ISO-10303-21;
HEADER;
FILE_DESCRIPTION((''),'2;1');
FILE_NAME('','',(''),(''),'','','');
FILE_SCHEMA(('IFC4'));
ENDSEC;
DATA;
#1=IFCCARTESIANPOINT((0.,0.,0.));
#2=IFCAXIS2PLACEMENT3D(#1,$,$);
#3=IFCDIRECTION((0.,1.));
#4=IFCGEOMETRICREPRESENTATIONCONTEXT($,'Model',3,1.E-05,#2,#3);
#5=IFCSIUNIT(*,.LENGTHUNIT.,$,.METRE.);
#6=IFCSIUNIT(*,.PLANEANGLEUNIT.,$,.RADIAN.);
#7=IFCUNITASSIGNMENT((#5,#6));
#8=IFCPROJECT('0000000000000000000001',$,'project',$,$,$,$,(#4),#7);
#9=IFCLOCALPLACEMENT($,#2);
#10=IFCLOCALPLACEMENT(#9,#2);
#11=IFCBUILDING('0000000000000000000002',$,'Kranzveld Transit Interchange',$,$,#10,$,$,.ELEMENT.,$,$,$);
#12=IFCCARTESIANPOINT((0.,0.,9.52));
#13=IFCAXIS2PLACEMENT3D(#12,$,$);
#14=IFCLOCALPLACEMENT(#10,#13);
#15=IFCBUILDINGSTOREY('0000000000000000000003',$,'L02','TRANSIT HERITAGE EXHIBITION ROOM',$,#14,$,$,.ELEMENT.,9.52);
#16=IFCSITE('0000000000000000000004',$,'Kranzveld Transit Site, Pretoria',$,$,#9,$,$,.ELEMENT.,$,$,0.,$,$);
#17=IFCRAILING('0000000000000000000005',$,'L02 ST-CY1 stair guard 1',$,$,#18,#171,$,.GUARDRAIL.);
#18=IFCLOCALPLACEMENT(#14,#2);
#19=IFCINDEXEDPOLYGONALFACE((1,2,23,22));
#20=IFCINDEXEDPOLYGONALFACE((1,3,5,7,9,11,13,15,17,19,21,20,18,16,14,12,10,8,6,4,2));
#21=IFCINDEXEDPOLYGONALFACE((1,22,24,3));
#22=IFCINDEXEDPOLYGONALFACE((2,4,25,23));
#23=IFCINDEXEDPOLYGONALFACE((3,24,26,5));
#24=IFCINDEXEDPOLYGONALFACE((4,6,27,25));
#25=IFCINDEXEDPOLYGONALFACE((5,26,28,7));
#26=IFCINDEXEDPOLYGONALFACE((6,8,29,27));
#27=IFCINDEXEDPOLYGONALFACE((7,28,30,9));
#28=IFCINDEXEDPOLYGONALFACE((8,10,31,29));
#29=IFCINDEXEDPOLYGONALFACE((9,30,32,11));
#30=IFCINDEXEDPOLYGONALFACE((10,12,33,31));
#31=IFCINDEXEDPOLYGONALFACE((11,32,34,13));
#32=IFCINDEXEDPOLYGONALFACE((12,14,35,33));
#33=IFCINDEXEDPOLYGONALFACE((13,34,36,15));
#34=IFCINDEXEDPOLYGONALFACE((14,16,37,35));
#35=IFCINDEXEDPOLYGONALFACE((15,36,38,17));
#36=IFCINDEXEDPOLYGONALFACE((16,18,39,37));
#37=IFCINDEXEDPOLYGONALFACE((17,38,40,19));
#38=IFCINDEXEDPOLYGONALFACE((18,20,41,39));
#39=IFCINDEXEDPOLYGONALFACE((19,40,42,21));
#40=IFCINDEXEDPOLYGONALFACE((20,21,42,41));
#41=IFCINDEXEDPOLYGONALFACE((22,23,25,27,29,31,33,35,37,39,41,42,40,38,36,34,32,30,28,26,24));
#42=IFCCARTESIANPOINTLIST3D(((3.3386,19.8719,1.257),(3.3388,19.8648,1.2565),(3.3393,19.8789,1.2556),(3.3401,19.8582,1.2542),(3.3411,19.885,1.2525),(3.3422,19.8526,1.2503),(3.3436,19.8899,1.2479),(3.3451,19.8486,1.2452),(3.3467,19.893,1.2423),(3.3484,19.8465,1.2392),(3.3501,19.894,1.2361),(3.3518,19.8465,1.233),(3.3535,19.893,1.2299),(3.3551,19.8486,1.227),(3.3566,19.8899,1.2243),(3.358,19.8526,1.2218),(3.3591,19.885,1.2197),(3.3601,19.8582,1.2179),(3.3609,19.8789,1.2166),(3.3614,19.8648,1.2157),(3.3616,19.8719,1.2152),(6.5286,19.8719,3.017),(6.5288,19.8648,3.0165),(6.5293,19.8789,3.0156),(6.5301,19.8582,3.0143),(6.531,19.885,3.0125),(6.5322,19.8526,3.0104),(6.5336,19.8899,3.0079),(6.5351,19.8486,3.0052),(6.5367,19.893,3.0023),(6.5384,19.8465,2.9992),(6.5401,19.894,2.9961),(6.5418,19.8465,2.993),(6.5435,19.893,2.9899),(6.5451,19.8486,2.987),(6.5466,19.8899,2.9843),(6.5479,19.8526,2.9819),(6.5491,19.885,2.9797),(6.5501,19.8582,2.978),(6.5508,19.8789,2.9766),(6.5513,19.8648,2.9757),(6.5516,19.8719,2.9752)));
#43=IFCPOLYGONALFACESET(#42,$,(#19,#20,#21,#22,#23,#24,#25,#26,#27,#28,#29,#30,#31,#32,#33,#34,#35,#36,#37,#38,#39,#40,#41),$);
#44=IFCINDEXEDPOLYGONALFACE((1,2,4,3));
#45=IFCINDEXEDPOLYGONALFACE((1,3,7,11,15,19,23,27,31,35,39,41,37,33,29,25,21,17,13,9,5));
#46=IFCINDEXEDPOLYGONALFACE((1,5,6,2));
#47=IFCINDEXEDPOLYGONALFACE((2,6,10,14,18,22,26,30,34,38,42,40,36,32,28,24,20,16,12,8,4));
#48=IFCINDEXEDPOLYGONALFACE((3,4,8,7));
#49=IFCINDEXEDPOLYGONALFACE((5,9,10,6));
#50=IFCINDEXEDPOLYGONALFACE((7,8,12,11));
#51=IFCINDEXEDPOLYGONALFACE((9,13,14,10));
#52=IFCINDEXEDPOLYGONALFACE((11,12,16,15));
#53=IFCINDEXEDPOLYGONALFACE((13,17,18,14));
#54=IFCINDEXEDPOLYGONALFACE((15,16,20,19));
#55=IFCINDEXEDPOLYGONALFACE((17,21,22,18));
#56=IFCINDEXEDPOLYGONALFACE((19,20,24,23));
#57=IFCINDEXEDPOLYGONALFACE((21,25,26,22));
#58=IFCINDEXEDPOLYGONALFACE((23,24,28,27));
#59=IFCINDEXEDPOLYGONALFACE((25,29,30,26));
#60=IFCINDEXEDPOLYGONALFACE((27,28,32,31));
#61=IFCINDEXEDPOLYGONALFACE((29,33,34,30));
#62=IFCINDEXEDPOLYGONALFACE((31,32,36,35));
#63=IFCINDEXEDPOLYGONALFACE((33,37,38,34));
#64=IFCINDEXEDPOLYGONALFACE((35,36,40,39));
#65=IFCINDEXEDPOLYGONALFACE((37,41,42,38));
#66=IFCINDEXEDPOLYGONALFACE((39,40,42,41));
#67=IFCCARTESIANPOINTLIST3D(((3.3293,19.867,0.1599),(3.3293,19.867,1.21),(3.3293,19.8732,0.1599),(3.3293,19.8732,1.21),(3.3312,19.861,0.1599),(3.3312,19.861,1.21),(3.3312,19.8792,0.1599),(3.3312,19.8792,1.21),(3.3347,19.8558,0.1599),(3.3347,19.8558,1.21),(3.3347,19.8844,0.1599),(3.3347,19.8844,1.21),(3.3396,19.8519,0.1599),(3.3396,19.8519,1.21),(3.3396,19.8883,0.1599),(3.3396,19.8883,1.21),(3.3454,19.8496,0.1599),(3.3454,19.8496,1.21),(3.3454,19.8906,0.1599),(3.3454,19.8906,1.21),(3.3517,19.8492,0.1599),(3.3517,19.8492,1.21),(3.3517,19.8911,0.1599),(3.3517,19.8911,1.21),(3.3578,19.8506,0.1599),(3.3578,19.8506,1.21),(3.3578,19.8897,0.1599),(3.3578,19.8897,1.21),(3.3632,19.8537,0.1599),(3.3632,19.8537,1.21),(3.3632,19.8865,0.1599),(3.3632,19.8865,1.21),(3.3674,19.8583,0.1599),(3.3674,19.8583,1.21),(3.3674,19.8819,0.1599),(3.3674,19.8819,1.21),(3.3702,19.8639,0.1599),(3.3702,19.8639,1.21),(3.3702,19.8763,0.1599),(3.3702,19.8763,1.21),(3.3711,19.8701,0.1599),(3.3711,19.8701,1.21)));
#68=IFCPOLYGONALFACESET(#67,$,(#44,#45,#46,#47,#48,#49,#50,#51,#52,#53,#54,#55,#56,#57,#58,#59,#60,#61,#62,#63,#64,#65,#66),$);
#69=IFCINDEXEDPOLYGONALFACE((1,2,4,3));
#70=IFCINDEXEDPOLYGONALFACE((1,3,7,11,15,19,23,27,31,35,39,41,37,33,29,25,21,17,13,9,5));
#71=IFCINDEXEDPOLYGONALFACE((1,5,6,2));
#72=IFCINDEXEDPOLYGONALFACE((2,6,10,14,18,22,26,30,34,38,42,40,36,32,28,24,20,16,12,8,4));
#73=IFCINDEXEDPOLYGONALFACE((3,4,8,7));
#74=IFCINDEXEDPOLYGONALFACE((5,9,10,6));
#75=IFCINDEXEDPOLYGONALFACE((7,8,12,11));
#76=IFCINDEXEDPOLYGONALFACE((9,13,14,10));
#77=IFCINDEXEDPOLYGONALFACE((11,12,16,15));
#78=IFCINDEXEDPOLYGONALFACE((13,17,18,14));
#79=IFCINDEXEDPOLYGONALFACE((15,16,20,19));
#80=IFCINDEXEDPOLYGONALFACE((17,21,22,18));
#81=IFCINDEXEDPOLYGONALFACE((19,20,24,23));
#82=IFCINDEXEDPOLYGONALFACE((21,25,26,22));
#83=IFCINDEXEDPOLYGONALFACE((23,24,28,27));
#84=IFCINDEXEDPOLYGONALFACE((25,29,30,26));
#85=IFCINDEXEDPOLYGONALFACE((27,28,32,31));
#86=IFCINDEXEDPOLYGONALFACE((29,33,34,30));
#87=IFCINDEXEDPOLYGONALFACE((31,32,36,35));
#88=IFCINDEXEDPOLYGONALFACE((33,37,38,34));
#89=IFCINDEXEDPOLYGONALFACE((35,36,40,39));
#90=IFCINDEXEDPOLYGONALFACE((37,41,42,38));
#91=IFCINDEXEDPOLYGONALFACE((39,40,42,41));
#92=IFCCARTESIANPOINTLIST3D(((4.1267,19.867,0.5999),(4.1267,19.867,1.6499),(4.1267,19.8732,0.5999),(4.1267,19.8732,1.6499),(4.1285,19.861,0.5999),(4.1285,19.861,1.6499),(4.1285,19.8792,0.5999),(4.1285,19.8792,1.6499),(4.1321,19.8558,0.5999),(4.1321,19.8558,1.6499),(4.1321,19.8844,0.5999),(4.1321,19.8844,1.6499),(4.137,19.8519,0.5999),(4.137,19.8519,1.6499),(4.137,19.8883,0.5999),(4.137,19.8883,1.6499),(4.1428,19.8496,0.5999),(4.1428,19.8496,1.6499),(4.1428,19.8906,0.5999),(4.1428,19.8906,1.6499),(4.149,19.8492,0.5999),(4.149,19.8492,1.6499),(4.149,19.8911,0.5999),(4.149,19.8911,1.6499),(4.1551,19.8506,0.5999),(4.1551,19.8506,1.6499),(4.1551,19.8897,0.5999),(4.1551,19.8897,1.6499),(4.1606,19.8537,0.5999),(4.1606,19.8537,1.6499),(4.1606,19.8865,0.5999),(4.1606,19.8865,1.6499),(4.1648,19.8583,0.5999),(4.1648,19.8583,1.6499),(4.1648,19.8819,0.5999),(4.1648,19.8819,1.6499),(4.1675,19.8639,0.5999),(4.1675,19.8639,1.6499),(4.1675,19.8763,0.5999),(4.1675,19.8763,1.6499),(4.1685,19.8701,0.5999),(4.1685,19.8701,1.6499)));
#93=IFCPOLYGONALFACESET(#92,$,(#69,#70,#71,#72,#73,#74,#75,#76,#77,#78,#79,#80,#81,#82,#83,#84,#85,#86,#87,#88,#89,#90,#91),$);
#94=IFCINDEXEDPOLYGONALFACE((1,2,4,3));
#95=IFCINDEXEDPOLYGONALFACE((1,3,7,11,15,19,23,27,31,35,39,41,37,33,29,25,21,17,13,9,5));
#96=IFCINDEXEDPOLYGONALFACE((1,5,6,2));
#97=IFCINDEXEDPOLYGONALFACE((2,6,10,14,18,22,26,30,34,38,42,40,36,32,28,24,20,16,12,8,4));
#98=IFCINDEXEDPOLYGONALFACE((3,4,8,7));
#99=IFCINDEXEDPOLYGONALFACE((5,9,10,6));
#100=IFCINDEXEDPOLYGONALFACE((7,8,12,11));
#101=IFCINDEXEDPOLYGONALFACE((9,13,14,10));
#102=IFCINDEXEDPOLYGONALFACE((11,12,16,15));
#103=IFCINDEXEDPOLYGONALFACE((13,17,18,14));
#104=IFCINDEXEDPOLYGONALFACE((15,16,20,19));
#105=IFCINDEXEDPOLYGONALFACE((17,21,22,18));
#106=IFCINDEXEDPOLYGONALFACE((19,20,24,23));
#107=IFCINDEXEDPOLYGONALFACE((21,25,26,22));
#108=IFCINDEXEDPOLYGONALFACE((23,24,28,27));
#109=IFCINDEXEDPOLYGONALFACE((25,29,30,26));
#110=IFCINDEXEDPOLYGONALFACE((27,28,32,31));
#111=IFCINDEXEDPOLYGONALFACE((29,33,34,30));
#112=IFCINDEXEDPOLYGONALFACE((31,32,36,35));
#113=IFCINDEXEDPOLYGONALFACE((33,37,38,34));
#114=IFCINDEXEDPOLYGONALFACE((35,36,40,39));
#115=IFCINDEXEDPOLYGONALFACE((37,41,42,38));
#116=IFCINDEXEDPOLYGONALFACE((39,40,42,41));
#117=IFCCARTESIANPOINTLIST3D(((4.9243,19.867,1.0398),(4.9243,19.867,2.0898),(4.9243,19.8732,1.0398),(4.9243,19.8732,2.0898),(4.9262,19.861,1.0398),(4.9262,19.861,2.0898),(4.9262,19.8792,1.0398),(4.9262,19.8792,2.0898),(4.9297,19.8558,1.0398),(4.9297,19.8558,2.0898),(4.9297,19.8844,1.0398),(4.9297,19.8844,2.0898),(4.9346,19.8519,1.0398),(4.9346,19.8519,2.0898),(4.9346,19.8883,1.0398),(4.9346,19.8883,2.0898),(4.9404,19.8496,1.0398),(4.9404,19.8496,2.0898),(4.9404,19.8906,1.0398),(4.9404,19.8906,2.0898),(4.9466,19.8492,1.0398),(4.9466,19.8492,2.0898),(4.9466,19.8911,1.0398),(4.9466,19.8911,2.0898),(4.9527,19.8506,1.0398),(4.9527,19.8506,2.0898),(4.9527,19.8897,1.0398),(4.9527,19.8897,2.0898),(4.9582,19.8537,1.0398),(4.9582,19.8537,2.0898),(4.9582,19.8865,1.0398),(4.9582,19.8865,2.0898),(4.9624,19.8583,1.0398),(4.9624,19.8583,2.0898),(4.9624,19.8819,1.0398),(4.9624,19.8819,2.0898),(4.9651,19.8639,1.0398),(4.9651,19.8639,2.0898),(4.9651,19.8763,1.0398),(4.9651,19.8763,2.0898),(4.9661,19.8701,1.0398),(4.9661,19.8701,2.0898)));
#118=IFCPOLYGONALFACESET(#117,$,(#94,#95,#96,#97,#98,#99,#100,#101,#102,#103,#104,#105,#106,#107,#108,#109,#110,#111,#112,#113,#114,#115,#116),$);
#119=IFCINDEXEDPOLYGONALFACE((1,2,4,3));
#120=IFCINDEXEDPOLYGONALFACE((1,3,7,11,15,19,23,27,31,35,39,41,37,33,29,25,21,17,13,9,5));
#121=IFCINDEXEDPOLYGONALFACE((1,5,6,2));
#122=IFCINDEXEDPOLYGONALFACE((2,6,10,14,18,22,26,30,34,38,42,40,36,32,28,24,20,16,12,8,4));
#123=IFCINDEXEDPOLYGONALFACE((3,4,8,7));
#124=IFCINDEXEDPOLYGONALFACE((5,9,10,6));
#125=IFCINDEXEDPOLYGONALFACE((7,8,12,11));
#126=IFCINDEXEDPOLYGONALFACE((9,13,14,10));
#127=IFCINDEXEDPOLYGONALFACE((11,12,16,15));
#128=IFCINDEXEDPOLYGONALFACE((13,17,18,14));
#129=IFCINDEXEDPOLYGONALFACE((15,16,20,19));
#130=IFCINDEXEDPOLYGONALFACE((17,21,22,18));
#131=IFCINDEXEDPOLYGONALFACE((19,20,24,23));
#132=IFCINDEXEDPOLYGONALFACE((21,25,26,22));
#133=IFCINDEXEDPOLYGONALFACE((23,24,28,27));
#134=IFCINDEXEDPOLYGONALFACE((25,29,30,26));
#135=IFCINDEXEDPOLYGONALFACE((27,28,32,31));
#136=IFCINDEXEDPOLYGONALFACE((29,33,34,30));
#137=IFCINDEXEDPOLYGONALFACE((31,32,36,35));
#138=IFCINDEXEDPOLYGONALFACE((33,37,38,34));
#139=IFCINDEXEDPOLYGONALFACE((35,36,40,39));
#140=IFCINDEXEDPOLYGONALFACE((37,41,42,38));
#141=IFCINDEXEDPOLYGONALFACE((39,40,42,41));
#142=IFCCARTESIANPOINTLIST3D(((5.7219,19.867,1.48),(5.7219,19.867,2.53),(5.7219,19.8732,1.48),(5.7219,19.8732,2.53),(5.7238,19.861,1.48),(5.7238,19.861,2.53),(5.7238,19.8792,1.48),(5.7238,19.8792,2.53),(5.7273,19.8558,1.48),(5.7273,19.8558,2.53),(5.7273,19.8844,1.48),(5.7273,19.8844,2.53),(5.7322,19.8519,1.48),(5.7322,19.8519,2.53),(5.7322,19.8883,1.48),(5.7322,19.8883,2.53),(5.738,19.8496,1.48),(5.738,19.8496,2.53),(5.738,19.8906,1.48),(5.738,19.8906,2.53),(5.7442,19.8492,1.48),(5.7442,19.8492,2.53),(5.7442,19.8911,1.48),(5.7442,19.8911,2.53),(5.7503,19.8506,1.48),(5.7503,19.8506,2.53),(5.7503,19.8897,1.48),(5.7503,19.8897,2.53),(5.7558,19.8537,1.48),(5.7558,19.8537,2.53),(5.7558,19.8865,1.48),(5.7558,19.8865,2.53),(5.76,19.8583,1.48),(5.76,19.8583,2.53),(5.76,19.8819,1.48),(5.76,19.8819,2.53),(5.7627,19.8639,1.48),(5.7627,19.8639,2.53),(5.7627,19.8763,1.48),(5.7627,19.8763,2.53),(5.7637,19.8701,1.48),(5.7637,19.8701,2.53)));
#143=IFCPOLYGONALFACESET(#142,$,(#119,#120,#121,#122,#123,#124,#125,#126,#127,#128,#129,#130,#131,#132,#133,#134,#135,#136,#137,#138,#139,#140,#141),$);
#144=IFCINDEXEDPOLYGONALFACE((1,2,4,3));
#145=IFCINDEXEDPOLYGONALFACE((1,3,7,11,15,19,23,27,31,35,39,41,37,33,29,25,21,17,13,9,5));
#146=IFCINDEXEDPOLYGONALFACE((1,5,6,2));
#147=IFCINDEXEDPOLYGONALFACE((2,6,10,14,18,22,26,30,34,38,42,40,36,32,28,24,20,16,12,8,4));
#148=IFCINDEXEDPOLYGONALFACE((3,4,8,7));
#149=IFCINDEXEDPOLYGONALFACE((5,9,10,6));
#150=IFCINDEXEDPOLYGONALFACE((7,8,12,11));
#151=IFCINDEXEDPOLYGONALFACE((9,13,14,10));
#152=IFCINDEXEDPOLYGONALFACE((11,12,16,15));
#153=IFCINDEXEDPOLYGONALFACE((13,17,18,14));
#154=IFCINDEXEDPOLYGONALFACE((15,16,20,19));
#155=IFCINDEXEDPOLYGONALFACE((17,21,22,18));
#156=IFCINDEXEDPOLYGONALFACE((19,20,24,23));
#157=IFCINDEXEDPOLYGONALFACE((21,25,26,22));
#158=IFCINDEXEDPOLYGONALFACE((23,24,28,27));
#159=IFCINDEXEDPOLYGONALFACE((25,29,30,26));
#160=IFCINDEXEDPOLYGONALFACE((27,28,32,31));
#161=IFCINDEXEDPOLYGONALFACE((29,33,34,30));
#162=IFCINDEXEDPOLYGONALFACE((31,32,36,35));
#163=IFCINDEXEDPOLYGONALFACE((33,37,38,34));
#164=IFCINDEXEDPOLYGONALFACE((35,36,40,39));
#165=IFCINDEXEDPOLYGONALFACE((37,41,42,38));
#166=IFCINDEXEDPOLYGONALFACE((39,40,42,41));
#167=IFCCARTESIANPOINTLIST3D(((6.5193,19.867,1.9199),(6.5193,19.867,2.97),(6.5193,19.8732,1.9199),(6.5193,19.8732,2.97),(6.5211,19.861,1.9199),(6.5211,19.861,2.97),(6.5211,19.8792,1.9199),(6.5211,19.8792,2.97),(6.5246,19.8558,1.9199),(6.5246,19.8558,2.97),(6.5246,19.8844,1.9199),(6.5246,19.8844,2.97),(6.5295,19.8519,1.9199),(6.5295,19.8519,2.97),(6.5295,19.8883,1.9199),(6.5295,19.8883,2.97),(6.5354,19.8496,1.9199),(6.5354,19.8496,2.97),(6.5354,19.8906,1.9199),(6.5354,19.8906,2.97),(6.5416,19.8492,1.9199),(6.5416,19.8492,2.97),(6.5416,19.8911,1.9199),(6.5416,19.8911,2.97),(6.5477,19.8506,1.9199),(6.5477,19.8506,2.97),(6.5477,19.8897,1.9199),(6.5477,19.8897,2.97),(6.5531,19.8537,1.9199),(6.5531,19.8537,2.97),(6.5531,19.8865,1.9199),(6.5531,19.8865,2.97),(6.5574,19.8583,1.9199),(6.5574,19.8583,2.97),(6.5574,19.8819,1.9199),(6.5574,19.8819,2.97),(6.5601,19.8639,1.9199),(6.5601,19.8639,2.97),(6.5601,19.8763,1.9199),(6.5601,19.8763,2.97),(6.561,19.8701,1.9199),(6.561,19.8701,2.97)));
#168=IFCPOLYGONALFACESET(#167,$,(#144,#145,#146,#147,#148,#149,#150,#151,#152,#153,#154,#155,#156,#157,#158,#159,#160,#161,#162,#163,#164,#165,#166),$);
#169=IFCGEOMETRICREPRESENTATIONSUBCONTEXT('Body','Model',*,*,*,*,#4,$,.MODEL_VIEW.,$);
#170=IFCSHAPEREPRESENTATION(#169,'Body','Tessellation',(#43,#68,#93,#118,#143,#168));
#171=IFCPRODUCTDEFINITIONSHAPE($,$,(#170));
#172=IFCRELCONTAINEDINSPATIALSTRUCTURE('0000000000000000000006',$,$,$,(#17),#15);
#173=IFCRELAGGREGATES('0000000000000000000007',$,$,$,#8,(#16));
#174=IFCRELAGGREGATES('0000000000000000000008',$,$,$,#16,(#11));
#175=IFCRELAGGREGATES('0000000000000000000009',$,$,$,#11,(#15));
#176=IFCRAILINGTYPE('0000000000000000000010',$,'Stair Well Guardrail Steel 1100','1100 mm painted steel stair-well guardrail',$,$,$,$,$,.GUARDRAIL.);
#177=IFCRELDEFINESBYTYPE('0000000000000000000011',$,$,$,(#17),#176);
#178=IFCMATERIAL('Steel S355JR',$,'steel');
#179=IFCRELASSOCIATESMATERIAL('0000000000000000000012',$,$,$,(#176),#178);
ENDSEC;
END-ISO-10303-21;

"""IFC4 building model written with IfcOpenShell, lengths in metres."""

from ifc_helpers import new_model, si_unit, direction, frame, origin, origin_2d, place, context, subcontext, project, spatial, circle, extrude, material, type_object, element, save


model = new_model("IFC4")

# Units and contexts
model_context = context("Model", 3, precision=1e-05, world=origin(), true_north=direction((0.0, 1.0)))
body_context = subcontext(model_context, "Body", "Model", "MODEL_VIEW")
ifc_project = project(units=[si_unit("LENGTHUNIT", "METRE"), si_unit("PLANEANGLEUNIT", "RADIAN")], contexts=[model_context])

# Site, building, storey
site_placement = place(None, origin())
site = spatial("IfcSite", under=ifc_project, at=site_placement, Name="Kranzveld Transit Site, Pretoria", CompositionType="ELEMENT", RefElevation=0.0)
building_placement = place(site_placement, origin())
building = spatial("IfcBuilding", under=site, at=building_placement, Name="Kranzveld Transit Interchange", CompositionType="ELEMENT")
storey_placement = place(building_placement, frame((0.0, 0.0, 9.52)))
storey = spatial("IfcBuildingStorey", under=building, at=storey_placement, Name="L02", Description="TRANSIT HERITAGE EXHIBITION ROOM", CompositionType="ELEMENT", Elevation=9.52)

# Railing
ifc_material_1 = material(Name="Steel S355JR", Category="steel")
railing_type_1 = type_object("IfcRailingType", Name="Stair Well Guardrail Steel 1100", Description="1100 mm painted steel stair-well guardrail", PredefinedType="GUARDRAIL", material=ifc_material_1)
railing_1_placement = place(storey_placement, frame((3.3501, 19.8701, 0.1599)))
element("IfcRailing", 1, at=railing_1_placement, inside=storey, type_object=railing_type_1, Name="L02 ST-CY1 stair guard 1", PredefinedType="GUARDRAIL", context=body_context, shape_type="SweptSolid", body=[
    extrude(circle(Radius=0.0239, at=origin_2d()), frame((0.0, 0.0, 1.0762), z_axis=(0.875573, 0.0, 0.483086), x_axis=(0.0, 1.0, 0.0)), (0.0, 0.0, 1.0), 3.6433),
    extrude(circle(Radius=0.021, at=origin_2d()), origin(), (0.0, 0.0, 1.0), 1.05),
    extrude(circle(Radius=0.021, at=origin_2d()), frame((0.7974, 0.0, 0.4399)), (0.0, 0.0, 1.0), 1.05),
    extrude(circle(Radius=0.021, at=origin_2d()), frame((1.595, 0.0, 0.8799)), (0.0, 0.0, 1.0), 1.05),
    extrude(circle(Radius=0.021, at=origin_2d()), frame((2.3926, 0.0, 1.3201)), (0.0, 0.0, 1.0), 1.05),
    extrude(circle(Radius=0.021, at=origin_2d()), frame((3.1899, 0.0, 1.76)), (0.0, 0.0, 1.0), 1.05),
])

save(model, "model.ifc")
